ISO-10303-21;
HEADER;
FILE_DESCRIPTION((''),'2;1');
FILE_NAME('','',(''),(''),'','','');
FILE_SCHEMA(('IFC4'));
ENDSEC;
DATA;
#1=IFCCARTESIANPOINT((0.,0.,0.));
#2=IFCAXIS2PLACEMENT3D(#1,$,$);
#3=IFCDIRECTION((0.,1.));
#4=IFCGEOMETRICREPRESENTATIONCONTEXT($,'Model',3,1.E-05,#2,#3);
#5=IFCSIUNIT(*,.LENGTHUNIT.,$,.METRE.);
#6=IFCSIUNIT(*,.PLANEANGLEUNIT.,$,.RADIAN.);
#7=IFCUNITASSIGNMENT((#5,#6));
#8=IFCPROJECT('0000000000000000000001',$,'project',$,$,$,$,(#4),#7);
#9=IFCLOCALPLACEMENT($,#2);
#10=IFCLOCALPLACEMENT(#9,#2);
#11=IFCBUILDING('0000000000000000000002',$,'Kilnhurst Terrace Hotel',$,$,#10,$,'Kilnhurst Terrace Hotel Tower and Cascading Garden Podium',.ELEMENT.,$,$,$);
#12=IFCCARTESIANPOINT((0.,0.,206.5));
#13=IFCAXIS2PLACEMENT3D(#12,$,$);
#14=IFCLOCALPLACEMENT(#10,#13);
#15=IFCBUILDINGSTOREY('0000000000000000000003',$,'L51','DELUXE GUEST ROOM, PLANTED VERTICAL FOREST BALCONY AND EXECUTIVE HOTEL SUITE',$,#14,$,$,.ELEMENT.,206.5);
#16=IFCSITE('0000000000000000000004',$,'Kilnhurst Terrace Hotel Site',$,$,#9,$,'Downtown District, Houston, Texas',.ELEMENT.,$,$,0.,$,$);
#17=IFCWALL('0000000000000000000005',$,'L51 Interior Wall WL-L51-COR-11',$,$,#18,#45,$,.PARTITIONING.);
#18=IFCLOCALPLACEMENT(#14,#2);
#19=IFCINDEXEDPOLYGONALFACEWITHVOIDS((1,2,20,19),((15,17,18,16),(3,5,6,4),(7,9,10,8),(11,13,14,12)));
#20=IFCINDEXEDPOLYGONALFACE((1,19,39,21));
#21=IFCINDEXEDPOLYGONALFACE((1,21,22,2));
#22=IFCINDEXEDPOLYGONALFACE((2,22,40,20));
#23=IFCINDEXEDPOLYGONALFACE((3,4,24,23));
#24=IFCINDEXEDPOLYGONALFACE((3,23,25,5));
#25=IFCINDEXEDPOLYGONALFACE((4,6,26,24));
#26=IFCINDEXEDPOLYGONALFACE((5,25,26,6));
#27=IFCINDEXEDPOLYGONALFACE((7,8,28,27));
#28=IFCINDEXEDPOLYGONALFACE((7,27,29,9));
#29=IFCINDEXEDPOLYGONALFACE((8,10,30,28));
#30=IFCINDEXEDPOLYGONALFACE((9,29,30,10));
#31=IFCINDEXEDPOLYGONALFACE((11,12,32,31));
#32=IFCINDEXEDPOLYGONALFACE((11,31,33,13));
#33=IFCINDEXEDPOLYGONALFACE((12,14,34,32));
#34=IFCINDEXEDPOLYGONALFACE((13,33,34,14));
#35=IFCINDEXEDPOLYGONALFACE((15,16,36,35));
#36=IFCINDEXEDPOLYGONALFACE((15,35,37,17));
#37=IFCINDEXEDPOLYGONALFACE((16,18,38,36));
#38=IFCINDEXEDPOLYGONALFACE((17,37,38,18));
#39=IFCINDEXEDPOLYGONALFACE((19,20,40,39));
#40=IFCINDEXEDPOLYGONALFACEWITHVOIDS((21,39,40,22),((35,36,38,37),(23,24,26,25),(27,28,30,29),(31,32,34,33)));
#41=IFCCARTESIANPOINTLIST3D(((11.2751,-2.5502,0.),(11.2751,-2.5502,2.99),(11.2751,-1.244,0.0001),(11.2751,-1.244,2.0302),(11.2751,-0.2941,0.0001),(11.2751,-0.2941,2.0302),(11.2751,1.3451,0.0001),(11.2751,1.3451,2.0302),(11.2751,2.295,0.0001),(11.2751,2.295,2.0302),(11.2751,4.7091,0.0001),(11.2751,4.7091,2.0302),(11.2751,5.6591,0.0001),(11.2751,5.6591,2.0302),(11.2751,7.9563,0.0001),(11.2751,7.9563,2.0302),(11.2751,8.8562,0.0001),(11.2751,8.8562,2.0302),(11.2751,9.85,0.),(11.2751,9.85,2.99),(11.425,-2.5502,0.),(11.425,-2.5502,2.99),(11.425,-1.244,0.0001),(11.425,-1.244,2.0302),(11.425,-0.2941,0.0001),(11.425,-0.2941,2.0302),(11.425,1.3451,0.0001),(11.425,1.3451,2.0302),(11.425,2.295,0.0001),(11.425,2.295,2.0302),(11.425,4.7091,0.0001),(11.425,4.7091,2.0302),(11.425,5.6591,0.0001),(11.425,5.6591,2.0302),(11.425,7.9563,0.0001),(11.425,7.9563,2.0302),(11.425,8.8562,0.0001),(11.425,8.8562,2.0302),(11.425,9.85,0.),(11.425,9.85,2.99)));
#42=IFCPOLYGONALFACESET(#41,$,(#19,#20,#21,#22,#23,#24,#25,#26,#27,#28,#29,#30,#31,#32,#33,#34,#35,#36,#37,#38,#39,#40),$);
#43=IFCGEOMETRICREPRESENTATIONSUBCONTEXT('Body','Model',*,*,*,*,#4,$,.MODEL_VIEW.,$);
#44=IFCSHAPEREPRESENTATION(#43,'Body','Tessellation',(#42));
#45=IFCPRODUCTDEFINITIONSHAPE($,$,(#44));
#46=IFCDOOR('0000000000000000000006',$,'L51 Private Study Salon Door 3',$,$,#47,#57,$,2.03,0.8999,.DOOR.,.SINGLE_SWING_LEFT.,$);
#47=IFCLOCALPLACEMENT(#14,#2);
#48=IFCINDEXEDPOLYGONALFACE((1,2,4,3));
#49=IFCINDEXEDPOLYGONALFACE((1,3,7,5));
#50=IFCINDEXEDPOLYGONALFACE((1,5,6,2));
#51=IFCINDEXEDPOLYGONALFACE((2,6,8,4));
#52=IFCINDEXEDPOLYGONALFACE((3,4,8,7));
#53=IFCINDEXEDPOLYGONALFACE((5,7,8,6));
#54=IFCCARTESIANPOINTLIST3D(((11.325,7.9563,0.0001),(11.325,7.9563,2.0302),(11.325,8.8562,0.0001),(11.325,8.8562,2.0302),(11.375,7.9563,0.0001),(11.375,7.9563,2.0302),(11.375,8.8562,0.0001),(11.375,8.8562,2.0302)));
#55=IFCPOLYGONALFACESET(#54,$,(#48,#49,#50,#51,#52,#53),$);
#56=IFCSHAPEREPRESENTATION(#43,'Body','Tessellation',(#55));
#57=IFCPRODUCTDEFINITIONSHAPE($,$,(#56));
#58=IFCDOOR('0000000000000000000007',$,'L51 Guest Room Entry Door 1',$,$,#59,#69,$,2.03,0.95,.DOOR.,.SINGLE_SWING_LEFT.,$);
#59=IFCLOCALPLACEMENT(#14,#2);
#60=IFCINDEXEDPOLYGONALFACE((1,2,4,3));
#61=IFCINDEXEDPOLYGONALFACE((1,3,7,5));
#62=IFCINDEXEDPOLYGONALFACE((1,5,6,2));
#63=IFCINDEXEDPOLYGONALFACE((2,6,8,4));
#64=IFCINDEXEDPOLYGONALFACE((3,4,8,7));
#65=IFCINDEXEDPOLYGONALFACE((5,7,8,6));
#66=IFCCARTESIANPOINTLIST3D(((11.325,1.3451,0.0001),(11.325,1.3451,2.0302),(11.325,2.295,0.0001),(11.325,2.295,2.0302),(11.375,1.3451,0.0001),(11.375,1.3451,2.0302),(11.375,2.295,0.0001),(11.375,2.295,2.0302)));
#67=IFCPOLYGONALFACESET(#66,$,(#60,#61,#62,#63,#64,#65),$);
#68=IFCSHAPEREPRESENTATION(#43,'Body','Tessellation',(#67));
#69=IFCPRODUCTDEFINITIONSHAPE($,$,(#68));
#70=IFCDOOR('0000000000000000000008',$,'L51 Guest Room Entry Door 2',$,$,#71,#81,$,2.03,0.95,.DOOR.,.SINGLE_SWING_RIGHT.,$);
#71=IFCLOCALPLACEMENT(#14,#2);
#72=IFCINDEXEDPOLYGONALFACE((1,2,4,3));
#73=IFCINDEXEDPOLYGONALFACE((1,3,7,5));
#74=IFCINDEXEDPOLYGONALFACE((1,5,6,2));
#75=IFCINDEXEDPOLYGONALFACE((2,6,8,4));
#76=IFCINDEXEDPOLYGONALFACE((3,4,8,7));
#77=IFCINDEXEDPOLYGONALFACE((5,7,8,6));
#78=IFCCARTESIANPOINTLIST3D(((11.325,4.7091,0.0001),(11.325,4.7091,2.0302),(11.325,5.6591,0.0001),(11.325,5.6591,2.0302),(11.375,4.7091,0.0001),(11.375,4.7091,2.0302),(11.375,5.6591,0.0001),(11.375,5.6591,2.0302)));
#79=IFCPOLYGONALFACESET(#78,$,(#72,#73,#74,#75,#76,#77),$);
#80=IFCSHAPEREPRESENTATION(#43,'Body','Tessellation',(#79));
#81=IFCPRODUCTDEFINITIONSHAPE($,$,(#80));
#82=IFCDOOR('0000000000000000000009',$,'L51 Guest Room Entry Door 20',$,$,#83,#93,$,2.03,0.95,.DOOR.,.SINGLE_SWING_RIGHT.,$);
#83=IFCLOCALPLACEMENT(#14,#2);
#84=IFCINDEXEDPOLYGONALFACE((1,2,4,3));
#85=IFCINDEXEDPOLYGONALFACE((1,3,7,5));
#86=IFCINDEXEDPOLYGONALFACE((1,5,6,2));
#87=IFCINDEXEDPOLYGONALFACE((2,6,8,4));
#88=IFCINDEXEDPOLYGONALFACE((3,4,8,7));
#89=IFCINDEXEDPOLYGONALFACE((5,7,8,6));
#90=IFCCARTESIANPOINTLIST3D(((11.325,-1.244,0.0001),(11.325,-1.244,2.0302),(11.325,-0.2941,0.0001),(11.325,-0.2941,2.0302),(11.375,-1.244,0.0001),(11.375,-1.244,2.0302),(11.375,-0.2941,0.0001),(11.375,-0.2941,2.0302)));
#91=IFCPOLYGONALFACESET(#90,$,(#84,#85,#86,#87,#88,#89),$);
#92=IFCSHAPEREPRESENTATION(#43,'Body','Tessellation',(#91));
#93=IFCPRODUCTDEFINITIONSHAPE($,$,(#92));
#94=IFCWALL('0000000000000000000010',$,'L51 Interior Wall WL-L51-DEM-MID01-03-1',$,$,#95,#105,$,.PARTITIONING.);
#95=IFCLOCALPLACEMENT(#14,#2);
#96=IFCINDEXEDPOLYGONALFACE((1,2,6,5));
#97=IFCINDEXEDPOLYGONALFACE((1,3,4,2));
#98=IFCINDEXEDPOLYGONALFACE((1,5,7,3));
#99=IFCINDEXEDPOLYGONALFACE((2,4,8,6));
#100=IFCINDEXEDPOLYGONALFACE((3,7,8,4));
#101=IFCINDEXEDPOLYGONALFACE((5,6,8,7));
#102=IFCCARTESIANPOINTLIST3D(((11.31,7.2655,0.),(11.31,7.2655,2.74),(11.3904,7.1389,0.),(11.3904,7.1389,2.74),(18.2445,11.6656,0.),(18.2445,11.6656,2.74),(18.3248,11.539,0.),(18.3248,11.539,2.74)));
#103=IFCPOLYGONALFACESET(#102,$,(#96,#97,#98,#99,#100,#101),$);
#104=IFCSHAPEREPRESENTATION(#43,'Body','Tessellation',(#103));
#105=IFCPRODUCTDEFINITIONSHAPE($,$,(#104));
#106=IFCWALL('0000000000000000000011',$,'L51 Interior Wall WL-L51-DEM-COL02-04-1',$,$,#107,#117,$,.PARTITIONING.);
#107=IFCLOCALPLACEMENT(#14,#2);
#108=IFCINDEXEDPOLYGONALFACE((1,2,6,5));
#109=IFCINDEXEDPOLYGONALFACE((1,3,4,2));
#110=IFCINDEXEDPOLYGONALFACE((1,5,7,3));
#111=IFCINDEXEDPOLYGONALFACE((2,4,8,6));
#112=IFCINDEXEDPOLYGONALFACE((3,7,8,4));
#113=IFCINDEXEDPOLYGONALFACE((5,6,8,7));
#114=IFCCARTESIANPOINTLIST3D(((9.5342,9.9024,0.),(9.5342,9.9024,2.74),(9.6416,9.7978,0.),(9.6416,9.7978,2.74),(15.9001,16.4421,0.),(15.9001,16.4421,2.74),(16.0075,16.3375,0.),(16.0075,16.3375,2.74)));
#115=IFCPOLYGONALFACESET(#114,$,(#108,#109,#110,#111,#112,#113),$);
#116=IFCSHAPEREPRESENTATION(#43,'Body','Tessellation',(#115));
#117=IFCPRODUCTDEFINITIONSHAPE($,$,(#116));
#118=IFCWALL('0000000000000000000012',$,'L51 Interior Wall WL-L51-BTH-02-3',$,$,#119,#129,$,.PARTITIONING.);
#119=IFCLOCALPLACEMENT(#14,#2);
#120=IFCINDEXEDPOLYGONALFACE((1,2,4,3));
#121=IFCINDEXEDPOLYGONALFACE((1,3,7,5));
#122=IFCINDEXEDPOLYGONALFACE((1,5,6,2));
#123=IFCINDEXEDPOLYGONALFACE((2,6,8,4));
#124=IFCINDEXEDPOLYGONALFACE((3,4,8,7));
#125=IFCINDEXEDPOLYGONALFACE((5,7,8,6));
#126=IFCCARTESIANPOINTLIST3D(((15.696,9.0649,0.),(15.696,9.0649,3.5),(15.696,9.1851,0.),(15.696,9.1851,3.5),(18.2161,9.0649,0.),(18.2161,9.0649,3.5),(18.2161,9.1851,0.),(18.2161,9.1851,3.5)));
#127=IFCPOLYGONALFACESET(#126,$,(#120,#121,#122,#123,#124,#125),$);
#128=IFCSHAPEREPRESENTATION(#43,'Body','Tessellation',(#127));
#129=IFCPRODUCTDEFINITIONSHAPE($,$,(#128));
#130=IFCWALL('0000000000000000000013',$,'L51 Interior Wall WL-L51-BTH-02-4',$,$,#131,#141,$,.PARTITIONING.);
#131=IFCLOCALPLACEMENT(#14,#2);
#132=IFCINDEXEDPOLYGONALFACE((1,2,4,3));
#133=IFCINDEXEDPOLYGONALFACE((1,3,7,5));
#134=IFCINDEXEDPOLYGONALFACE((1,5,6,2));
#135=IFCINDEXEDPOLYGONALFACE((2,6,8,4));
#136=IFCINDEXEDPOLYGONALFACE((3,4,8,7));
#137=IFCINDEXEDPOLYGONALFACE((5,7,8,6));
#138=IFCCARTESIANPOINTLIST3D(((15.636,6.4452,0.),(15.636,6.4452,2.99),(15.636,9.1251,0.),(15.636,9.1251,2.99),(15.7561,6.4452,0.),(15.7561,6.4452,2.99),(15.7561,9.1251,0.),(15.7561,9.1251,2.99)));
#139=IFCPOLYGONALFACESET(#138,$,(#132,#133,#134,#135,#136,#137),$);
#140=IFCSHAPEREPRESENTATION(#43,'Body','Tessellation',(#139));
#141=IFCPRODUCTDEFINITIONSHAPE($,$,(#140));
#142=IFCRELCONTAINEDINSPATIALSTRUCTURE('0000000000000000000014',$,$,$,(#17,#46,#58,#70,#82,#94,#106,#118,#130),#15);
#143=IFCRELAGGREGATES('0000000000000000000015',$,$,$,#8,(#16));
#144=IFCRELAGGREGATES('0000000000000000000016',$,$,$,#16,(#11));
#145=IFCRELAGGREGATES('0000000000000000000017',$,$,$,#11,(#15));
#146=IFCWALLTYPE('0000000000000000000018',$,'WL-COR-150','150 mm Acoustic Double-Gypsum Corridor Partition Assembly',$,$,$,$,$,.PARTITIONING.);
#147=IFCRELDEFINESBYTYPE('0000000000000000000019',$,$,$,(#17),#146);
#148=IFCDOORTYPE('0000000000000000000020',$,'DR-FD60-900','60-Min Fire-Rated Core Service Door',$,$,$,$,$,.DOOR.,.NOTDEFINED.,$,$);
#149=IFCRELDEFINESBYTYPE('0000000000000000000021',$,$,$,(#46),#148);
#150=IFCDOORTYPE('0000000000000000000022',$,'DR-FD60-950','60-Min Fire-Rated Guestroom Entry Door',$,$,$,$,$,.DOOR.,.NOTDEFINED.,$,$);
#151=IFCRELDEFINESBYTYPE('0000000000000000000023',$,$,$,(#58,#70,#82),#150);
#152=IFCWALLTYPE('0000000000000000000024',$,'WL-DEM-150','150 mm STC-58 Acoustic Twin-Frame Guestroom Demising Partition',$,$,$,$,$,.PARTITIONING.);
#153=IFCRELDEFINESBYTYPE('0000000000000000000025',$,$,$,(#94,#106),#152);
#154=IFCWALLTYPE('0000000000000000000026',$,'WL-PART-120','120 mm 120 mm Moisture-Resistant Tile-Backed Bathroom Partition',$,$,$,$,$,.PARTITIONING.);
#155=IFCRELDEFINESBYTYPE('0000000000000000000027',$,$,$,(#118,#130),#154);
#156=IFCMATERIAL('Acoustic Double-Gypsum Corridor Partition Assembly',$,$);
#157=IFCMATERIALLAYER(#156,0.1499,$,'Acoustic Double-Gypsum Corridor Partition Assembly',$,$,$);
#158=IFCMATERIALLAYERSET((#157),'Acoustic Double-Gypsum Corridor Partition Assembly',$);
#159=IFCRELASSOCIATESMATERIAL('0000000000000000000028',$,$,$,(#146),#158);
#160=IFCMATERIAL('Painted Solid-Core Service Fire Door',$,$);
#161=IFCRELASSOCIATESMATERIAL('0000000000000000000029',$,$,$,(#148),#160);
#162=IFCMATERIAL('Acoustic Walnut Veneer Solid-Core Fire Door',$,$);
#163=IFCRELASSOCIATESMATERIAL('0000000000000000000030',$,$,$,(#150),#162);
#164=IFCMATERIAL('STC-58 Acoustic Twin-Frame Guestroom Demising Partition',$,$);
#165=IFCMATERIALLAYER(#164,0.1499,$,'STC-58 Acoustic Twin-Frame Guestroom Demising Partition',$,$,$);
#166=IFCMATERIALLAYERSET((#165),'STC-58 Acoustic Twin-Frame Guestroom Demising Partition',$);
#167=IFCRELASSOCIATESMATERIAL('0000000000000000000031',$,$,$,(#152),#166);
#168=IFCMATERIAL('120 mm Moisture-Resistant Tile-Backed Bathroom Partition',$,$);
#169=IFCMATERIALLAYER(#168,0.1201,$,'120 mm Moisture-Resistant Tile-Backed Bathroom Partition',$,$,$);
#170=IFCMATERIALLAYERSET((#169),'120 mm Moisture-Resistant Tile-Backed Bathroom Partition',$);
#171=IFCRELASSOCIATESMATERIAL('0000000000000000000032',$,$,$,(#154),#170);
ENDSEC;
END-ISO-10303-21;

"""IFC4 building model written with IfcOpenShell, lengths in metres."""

from ifc_helpers import new_model, si_unit, direction, frame, frame_2d, origin, place, context, subcontext, project, spatial, rectangle, extrude, material, layer, layer_set, type_object, element, fill, save


model = new_model("IFC4")

# Units and contexts
model_context = context("Model", 3, precision=1e-05, world=origin(), true_north=direction((0.0, 1.0)))
body_context = subcontext(model_context, "Body", "Model", "MODEL_VIEW")
ifc_project = project(units=[si_unit("LENGTHUNIT", "METRE"), si_unit("PLANEANGLEUNIT", "RADIAN")], contexts=[model_context])

# Site, building, storey
site_placement = place(None, origin())
site = spatial("IfcSite", under=ifc_project, at=site_placement, Name="Kilnhurst Terrace Hotel Site", LongName="Downtown District, Houston, Texas", CompositionType="ELEMENT", RefElevation=0.0)
building_placement = place(site_placement, origin())
building = spatial("IfcBuilding", under=site, at=building_placement, Name="Kilnhurst Terrace Hotel", LongName="Kilnhurst Terrace Hotel Tower and Cascading Garden Podium", CompositionType="ELEMENT")
storey_placement = place(building_placement, frame((0.0, 0.0, 206.5)))
storey = spatial("IfcBuildingStorey", under=building, at=storey_placement, Name="L51", Description="DELUXE GUEST ROOM, PLANTED VERTICAL FOREST BALCONY AND EXECUTIVE HOTEL SUITE", CompositionType="ELEMENT", Elevation=206.5)

# Wall, openings, doors
ifc_material_1 = material(Name="Acoustic Double-Gypsum Corridor Partition Assembly")
ifc_layer_1 = layer(ifc_material_1, 0.1499, Name="Acoustic Double-Gypsum Corridor Partition Assembly")
ifc_layer_set_1 = layer_set([ifc_layer_1], Name="Acoustic Double-Gypsum Corridor Partition Assembly")
wall_type_1 = type_object("IfcWallType", Name="WL-COR-150", Description="150 mm Acoustic Double-Gypsum Corridor Partition Assembly", PredefinedType="PARTITIONING", material=ifc_layer_set_1)
wall_1_placement = place(storey_placement, frame((11.3501, 9.8501, 0.0), z_axis=(0.0, 0.0, 1.0), x_axis=(0.0, -1.0, 0.0)))
wall_1 = element("IfcWall", 1, at=wall_1_placement, inside=storey, type_object=wall_type_1, Name="L51 Interior Wall WL-L51-COR-11", PredefinedType="PARTITIONING", context=body_context, shape_type="SweptSolid", body=[
    extrude(rectangle(XDim=12.4001, YDim=0.1499, at=frame_2d((6.2002, 0.0))), origin(), (0.0, 0.0, 1.0), 2.99),
])
opening_1_placement = place(wall_1_placement, frame((7.5549, 0.0, 0.0)))
opening_1 = element("IfcOpeningElement", 2, at=opening_1_placement, cuts=wall_1, PredefinedType="OPENING", context=body_context, shape_type="SweptSolid", body=[
    extrude(rectangle(XDim=0.95, YDim=2.03, at=frame_2d((0.4751, 1.0151))), frame((0.0, 0.085, 0.0), z_axis=(0.0, -1.0, 0.0), x_axis=(1.0, 0.0, 0.0)), (0.0, 0.0, 1.0), 0.1699),
])
opening_2_placement = place(wall_1_placement, frame((4.1909, 0.0, 0.0)))
opening_2 = element("IfcOpeningElement", 3, at=opening_2_placement, cuts=wall_1, PredefinedType="OPENING", context=body_context, shape_type="SweptSolid", body=[
    extrude(rectangle(XDim=0.95, YDim=2.03, at=frame_2d((0.4751, 1.0151))), frame((0.0, 0.085, 0.0), z_axis=(0.0, -1.0, 0.0), x_axis=(1.0, 0.0, 0.0)), (0.0, 0.0, 1.0), 0.1699),
])
opening_3_placement = place(wall_1_placement, frame((0.9939, 0.0, 0.0)))
opening_3 = element("IfcOpeningElement", 4, at=opening_3_placement, cuts=wall_1, PredefinedType="OPENING", context=body_context, shape_type="SweptSolid", body=[
    extrude(rectangle(XDim=0.8999, YDim=2.03, at=frame_2d((0.45, 1.0151))), frame((0.0, 0.085, 0.0), z_axis=(0.0, -1.0, 0.0), x_axis=(1.0, 0.0, 0.0)), (0.0, 0.0, 1.0), 0.1699),
])
opening_4_placement = place(wall_1_placement, frame((10.144, 0.0, 0.0)))
opening_4 = element("IfcOpeningElement", 5, at=opening_4_placement, cuts=wall_1, PredefinedType="OPENING", context=body_context, shape_type="SweptSolid", body=[
    extrude(rectangle(XDim=0.95, YDim=2.03, at=frame_2d((0.4751, 1.0151))), frame((0.0, 0.085, 0.0), z_axis=(0.0, -1.0, 0.0), x_axis=(1.0, 0.0, 0.0)), (0.0, 0.0, 1.0), 0.1699),
])
ifc_material_2 = material(Name="Painted Solid-Core Service Fire Door")
door_type_1 = type_object("IfcDoorType", Name="DR-FD60-900", Description="60-Min Fire-Rated Core Service Door", OperationType="NOTDEFINED", PredefinedType="DOOR", material=ifc_material_2)
door_1_placement = place(opening_3_placement, origin())
door_1 = element("IfcDoor", 6, at=door_1_placement, inside=storey, type_object=door_type_1, Name="L51 Private Study Salon Door 3", OperationType="SINGLE_SWING_LEFT", OverallHeight=2.03, OverallWidth=0.8999, PredefinedType="DOOR", context=body_context, shape_type="SweptSolid", body=[
    extrude(rectangle(XDim=0.8999, YDim=2.03, at=frame_2d((0.45, 1.0151))), frame((0.0, 0.0249, 0.0), z_axis=(0.0, -1.0, 0.0), x_axis=(1.0, 0.0, 0.0)), (0.0, 0.0, 1.0), 0.05),
])
fill(opening_3, door_1)
ifc_material_3 = material(Name="Acoustic Walnut Veneer Solid-Core Fire Door")
door_type_2 = type_object("IfcDoorType", Name="DR-FD60-950", Description="60-Min Fire-Rated Guestroom Entry Door", OperationType="NOTDEFINED", PredefinedType="DOOR", material=ifc_material_3)
door_2_placement = place(opening_1_placement, origin())
door_2 = element("IfcDoor", 7, at=door_2_placement, inside=storey, type_object=door_type_2, Name="L51 Guest Room Entry Door 1", OperationType="SINGLE_SWING_LEFT", OverallHeight=2.03, OverallWidth=0.95, PredefinedType="DOOR", context=body_context, shape_type="SweptSolid", body=[
    extrude(rectangle(XDim=0.95, YDim=2.03, at=frame_2d((0.4751, 1.0151))), frame((0.0, 0.0249, 0.0), z_axis=(0.0, -1.0, 0.0), x_axis=(1.0, 0.0, 0.0)), (0.0, 0.0, 1.0), 0.05),
])
fill(opening_1, door_2)
door_3_placement = place(opening_2_placement, origin())
door_3 = element("IfcDoor", 8, at=door_3_placement, inside=storey, type_object=door_type_2, Name="L51 Guest Room Entry Door 2", OperationType="SINGLE_SWING_RIGHT", OverallHeight=2.03, OverallWidth=0.95, PredefinedType="DOOR", context=body_context, shape_type="SweptSolid", body=[
    extrude(rectangle(XDim=0.95, YDim=2.03, at=frame_2d((0.4751, 1.0151))), frame((0.0, 0.0249, 0.0), z_axis=(0.0, -1.0, 0.0), x_axis=(1.0, 0.0, 0.0)), (0.0, 0.0, 1.0), 0.05),
])
fill(opening_2, door_3)
door_4_placement = place(opening_4_placement, origin())
door_4 = element("IfcDoor", 9, at=door_4_placement, inside=storey, type_object=door_type_2, Name="L51 Guest Room Entry Door 20", OperationType="SINGLE_SWING_RIGHT", OverallHeight=2.03, OverallWidth=0.95, PredefinedType="DOOR", context=body_context, shape_type="SweptSolid", body=[
    extrude(rectangle(XDim=0.95, YDim=2.03, at=frame_2d((0.4751, 1.0151))), frame((0.0, 0.0249, 0.0), z_axis=(0.0, -1.0, 0.0), x_axis=(1.0, 0.0, 0.0)), (0.0, 0.0, 1.0), 0.05),
])
fill(opening_4, door_4)

# Walls
ifc_material_4 = material(Name="STC-58 Acoustic Twin-Frame Guestroom Demising Partition")
ifc_layer_2 = layer(ifc_material_4, 0.1499, Name="STC-58 Acoustic Twin-Frame Guestroom Demising Partition")
ifc_layer_set_2 = layer_set([ifc_layer_2], Name="STC-58 Acoustic Twin-Frame Guestroom Demising Partition")
wall_type_2 = type_object("IfcWallType", Name="WL-DEM-150", Description="150 mm STC-58 Acoustic Twin-Frame Guestroom Demising Partition", PredefinedType="PARTITIONING", material=ifc_layer_set_2)
wall_2_placement = place(storey_placement, frame((11.3501, 7.2021, 0.0), z_axis=(0.0, 0.0, 1.0), x_axis=(0.844365, 0.535769, 0.0)))
element("IfcWall", 10, at=wall_2_placement, inside=storey, type_object=wall_type_2, Name="L51 Interior Wall WL-L51-DEM-MID01-03-1", PredefinedType="PARTITIONING", context=body_context, shape_type="SweptSolid", body=[
    extrude(rectangle(XDim=8.2126, YDim=0.1499, at=frame_2d((4.1064, 0.0))), origin(), (0.0, 0.0, 1.0), 2.74),
])
wall_3_placement = place(storey_placement, frame((9.5879, 9.8501, 0.0), z_axis=(0.0, 0.0, 1.0), x_axis=(0.697519, 0.716566, 0.0)))
element("IfcWall", 11, at=wall_3_placement, inside=storey, type_object=wall_type_2, Name="L51 Interior Wall WL-L51-DEM-COL02-04-1", PredefinedType="PARTITIONING", context=body_context, shape_type="SweptSolid", body=[
    extrude(rectangle(XDim=9.1265, YDim=0.1499, at=frame_2d((4.5632, 0.0))), origin(), (0.0, 0.0, 1.0), 2.74),
])
ifc_material_5 = material(Name="120 mm Moisture-Resistant Tile-Backed Bathroom Partition")
ifc_layer_3 = layer(ifc_material_5, 0.1201, Name="120 mm Moisture-Resistant Tile-Backed Bathroom Partition")
ifc_layer_set_3 = layer_set([ifc_layer_3], Name="120 mm Moisture-Resistant Tile-Backed Bathroom Partition")
wall_type_3 = type_object("IfcWallType", Name="WL-PART-120", Description="120 mm 120 mm Moisture-Resistant Tile-Backed Bathroom Partition", PredefinedType="PARTITIONING", material=ifc_layer_set_3)
wall_4_placement = place(storey_placement, frame((18.2161, 9.125, 0.0), z_axis=(0.0, 0.0, 1.0), x_axis=(-1.0, 0.0, 0.0)))
element("IfcWall", 12, at=wall_4_placement, inside=storey, type_object=wall_type_3, Name="L51 Interior Wall WL-L51-BTH-02-3", PredefinedType="PARTITIONING", context=body_context, shape_type="SweptSolid", body=[
    extrude(rectangle(XDim=2.52, YDim=0.1201, at=frame_2d((1.26, 0.0))), origin(), (0.0, 0.0, 1.0), 3.5),
])
wall_5_placement = place(storey_placement, frame((15.696, 9.125, 0.0), z_axis=(0.0, 0.0, 1.0), x_axis=(0.0, -1.0, 0.0)))
element("IfcWall", 13, at=wall_5_placement, inside=storey, type_object=wall_type_3, Name="L51 Interior Wall WL-L51-BTH-02-4", PredefinedType="PARTITIONING", context=body_context, shape_type="SweptSolid", body=[
    extrude(rectangle(XDim=2.6799, YDim=0.1201, at=frame_2d((1.3398, 0.0))), origin(), (0.0, 0.0, 1.0), 2.99),
])

save(model, "model.ifc")
